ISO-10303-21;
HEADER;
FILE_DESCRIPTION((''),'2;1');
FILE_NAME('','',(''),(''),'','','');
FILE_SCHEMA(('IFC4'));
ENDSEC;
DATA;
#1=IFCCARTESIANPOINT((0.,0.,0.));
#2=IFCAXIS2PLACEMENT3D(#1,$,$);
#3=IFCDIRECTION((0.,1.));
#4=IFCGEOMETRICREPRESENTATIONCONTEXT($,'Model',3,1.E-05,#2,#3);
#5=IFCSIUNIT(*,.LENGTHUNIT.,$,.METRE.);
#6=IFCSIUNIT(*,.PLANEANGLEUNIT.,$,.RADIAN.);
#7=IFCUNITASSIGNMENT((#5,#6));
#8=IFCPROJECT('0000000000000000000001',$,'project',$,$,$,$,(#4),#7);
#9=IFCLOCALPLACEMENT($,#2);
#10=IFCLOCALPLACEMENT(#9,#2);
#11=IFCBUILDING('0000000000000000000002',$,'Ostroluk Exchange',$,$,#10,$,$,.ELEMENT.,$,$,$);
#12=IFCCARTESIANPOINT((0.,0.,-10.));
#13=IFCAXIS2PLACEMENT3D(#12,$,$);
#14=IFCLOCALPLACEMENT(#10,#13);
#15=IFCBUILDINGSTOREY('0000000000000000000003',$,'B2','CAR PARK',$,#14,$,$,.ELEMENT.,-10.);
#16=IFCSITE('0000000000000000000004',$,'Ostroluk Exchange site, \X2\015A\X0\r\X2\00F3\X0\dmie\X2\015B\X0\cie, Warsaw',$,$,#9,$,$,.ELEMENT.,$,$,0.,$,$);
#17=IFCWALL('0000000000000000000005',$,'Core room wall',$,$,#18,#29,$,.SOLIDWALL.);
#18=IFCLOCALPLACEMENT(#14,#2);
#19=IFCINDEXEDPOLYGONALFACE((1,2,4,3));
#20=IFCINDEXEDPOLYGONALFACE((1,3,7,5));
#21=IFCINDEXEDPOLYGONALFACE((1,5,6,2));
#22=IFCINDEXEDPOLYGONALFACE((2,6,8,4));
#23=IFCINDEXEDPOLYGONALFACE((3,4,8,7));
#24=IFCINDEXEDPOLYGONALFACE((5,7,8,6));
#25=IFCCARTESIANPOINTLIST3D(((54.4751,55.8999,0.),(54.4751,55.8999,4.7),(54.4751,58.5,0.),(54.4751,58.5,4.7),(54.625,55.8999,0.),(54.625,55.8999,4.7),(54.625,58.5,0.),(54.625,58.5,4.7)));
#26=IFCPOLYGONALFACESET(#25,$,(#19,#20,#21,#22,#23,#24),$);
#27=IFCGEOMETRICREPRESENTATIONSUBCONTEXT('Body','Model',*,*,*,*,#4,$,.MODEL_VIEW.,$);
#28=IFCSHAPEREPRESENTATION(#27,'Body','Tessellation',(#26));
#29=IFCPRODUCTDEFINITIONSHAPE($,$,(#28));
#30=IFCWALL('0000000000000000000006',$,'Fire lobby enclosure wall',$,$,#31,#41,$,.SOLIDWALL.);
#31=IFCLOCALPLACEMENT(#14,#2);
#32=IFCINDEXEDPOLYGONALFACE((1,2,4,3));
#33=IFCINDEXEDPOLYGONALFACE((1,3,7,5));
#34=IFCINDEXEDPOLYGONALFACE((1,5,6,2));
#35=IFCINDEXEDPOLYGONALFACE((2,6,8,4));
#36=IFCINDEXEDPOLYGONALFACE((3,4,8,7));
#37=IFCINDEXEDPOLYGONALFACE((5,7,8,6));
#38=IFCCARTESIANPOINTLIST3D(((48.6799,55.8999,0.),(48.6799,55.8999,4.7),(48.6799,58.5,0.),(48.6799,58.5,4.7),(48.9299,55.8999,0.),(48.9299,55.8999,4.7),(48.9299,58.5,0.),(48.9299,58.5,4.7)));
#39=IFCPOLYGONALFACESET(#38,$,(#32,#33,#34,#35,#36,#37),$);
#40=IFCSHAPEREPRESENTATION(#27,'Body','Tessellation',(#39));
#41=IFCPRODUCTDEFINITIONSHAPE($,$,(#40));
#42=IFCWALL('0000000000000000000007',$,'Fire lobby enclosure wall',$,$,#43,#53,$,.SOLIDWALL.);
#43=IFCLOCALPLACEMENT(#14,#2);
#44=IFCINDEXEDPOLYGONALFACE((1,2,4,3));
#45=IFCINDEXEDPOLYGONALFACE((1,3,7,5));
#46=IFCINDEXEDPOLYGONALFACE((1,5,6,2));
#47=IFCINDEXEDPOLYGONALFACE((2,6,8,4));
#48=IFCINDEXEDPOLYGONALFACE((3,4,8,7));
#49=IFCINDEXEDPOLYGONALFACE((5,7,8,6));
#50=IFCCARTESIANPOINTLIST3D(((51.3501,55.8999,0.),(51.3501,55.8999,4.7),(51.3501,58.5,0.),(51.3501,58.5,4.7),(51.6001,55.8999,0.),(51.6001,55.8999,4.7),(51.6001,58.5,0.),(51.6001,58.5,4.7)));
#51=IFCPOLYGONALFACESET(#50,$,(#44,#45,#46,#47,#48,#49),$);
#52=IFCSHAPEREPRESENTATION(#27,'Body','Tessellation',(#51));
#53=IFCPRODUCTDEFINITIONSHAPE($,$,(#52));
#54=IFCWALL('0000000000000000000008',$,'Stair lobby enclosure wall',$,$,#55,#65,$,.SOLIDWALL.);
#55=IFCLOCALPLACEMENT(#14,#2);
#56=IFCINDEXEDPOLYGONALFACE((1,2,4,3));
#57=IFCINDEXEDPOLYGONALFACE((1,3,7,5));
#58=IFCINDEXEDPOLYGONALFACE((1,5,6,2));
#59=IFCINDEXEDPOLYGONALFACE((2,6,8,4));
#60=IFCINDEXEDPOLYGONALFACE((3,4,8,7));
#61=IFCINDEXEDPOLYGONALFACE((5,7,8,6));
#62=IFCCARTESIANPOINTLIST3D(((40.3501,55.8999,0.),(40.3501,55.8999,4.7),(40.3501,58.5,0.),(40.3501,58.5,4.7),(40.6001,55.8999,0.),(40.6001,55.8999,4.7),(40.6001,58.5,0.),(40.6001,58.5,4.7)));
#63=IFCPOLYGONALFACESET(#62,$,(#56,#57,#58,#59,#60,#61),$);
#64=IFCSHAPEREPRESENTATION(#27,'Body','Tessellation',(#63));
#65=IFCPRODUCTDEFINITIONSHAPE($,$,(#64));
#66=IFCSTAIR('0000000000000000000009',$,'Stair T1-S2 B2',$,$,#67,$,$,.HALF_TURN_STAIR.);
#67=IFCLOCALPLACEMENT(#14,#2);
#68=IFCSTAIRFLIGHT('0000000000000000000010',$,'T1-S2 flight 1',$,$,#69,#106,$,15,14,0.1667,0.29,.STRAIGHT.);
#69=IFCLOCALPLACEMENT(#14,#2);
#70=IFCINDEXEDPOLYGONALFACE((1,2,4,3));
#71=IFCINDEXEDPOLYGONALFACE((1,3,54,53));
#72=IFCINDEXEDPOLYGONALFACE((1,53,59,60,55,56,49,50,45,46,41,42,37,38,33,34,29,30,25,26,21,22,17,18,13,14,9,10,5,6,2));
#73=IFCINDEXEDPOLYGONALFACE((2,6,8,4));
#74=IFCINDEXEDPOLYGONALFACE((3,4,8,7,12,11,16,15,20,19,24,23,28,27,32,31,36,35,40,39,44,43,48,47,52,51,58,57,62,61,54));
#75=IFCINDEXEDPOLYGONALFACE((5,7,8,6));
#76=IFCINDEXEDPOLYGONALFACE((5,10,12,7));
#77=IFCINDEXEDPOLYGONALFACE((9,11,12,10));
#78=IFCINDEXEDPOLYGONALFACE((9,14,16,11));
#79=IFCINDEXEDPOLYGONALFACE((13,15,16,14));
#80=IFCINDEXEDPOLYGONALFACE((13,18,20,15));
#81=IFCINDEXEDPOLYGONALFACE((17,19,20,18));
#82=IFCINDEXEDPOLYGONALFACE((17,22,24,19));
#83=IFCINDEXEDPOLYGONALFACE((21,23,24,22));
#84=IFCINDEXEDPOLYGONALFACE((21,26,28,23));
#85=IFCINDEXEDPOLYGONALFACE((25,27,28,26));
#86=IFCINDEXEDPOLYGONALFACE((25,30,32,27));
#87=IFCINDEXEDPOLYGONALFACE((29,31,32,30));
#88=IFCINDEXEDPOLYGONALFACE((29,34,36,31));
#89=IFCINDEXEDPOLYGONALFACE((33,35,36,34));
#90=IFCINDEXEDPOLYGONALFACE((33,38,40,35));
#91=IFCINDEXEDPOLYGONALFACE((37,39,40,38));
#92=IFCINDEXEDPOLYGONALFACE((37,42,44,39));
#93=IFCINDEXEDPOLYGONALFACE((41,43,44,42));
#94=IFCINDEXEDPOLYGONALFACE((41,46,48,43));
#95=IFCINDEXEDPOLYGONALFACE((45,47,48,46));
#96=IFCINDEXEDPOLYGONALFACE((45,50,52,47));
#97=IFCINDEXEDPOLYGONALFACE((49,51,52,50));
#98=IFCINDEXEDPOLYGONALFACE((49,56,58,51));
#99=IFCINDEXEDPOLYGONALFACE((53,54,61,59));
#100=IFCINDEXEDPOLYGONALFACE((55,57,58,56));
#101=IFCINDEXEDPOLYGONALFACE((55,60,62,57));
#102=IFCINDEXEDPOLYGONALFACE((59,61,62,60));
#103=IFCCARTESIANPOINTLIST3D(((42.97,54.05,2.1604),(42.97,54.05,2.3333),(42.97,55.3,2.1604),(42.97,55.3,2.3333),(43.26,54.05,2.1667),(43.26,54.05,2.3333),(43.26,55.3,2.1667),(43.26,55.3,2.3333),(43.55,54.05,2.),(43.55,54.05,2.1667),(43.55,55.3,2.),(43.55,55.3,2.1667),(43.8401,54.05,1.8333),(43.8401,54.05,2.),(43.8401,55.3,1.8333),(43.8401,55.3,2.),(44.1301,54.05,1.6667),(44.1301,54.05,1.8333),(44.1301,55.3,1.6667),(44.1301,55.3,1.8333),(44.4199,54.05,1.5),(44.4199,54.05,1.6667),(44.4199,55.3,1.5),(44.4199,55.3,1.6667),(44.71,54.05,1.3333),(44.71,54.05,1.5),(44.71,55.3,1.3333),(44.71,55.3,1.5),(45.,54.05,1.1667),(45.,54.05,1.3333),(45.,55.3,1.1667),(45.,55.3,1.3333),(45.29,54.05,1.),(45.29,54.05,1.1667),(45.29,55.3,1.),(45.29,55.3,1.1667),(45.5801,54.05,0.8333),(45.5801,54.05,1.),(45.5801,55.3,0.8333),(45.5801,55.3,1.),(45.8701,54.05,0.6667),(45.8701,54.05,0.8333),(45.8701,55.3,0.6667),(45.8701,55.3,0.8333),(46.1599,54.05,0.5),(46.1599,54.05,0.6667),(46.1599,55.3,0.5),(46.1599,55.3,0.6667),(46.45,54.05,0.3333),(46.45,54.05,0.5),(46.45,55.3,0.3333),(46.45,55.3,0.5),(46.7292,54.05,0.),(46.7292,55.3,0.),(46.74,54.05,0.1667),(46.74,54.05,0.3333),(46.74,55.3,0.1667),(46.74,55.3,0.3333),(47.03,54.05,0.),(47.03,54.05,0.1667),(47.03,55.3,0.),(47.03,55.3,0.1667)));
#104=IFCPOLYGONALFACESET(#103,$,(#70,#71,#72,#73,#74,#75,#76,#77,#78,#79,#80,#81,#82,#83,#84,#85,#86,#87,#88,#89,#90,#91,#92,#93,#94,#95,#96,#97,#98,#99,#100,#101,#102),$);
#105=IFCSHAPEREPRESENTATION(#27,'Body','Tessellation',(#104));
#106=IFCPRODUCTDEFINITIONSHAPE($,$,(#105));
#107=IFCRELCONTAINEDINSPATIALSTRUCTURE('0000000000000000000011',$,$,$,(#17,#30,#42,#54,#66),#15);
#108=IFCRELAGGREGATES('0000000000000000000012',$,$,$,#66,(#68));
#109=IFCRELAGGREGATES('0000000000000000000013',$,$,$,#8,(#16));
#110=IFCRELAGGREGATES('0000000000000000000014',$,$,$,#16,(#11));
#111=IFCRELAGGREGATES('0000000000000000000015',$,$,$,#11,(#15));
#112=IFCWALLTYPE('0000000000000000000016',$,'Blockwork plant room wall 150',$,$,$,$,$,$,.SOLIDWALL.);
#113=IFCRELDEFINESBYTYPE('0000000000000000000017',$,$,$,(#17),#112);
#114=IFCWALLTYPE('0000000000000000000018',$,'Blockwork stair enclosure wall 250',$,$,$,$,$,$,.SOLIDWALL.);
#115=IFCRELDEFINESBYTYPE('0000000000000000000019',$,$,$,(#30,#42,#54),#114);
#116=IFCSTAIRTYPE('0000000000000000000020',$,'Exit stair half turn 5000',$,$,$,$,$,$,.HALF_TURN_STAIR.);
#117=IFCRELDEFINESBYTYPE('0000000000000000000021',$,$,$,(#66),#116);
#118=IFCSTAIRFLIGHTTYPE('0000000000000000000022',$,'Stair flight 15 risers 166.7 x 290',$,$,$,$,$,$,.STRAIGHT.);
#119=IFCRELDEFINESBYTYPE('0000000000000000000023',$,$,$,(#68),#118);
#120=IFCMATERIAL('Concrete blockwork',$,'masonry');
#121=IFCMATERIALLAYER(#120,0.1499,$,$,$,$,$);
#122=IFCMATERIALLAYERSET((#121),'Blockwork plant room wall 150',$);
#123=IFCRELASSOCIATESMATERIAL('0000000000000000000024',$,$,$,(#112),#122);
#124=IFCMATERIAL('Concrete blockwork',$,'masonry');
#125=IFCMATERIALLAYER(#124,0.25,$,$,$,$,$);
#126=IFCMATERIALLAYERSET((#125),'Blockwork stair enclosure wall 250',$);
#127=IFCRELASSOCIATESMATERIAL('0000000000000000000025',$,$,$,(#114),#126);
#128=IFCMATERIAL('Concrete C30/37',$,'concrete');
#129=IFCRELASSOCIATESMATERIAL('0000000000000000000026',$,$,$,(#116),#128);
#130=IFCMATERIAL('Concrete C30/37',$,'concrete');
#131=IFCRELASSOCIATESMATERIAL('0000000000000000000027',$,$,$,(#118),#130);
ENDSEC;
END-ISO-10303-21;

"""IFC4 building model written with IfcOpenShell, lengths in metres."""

from ifc_helpers import new_model, si_unit, direction, frame, frame_2d, origin, place, context, subcontext, project, spatial, polyline, rectangle, outline, extrude, material, layer, layer_set, type_object, element, aggregate, save


model = new_model("IFC4")

# Units and contexts
model_context = context("Model", 3, precision=1e-05, world=origin(), true_north=direction((0.0, 1.0)))
body_context = subcontext(model_context, "Body", "Model", "MODEL_VIEW")
ifc_project = project(units=[si_unit("LENGTHUNIT", "METRE"), si_unit("PLANEANGLEUNIT", "RADIAN")], contexts=[model_context])

# Site, building, storey
site_placement = place(None, origin())
site = spatial("IfcSite", under=ifc_project, at=site_placement, Name="Ostroluk Exchange site, Śródmieście, Warsaw", CompositionType="ELEMENT", RefElevation=0.0)
building_placement = place(site_placement, origin())
building = spatial("IfcBuilding", under=site, at=building_placement, Name="Ostroluk Exchange", CompositionType="ELEMENT")
storey_placement = place(building_placement, frame((0.0, 0.0, -10.0)))
storey = spatial("IfcBuildingStorey", under=building, at=storey_placement, Name="B2", Description="CAR PARK", CompositionType="ELEMENT", Elevation=-10.0)

# Walls
ifc_material_1 = material(Name="Concrete blockwork", Category="masonry")
ifc_layer_1 = layer(ifc_material_1, 0.1499)
ifc_layer_set_1 = layer_set([ifc_layer_1], Name="Blockwork plant room wall 150")
wall_type_1 = type_object("IfcWallType", Name="Blockwork plant room wall 150", PredefinedType="SOLIDWALL", material=ifc_layer_set_1)
wall_placement = place(storey_placement, frame((54.55, 55.8999, 0.0), z_axis=(0.0, 0.0, 1.0), x_axis=(0.0, 1.0, 0.0)))
element("IfcWall", 1, at=wall_placement, inside=storey, type_object=wall_type_1, Name="Core room wall", PredefinedType="SOLIDWALL", context=body_context, shape_type="SweptSolid", body=[
    extrude(rectangle(XDim=2.6001, YDim=0.1499, at=frame_2d((1.3, 0.0))), origin(), (0.0, 0.0, 1.0), 4.7),
])
ifc_material_2 = material(Name="Concrete blockwork", Category="masonry")
ifc_layer_2 = layer(ifc_material_2, 0.25)
ifc_layer_set_2 = layer_set([ifc_layer_2], Name="Blockwork stair enclosure wall 250")
wall_type_2 = type_object("IfcWallType", Name="Blockwork stair enclosure wall 250", PredefinedType="SOLIDWALL", material=ifc_layer_set_2)
for number, where, z_axis, x_axis, name in (
    (2, (48.8049, 55.8999, 0.0), (0.0, 0.0, 1.0), (0.0, 1.0, 0.0), "Fire lobby enclosure wall"),
    (3, (51.4751, 55.8999, 0.0), (0.0, 0.0, 1.0), (0.0, 1.0, 0.0), "Fire lobby enclosure wall"),
    (4, (40.4751, 55.8999, 0.0), (0.0, 0.0, 1.0), (0.0, 1.0, 0.0), "Stair lobby enclosure wall"),
):
    element("IfcWall", number, at=place(storey_placement, frame(where, z_axis=z_axis, x_axis=x_axis)), inside=storey, type_object=wall_type_2, Name=name, PredefinedType="SOLIDWALL", context=body_context, shape_type="SweptSolid", body=[
        extrude(rectangle(XDim=2.6001, YDim=0.25, at=frame_2d((1.3, 0.0))), origin(), (0.0, 0.0, 1.0), 4.7),
    ])

# Stair, stair flight
ifc_material_3 = material(Name="Concrete C30/37", Category="concrete")
stair_type = type_object("IfcStairType", Name="Exit stair half turn 5000", PredefinedType="HALF_TURN_STAIR", material=ifc_material_3)
stair_placement = place(storey_placement, origin())
stair = element("IfcStair", 5, at=stair_placement, inside=storey, type_object=stair_type, Name="Stair T1-S2 B2", PredefinedType="HALF_TURN_STAIR")
ifc_material_4 = material(Name="Concrete C30/37", Category="concrete")
stair_flight_type = type_object("IfcStairFlightType", Name="Stair flight 15 risers 166.7 x 290", PredefinedType="STRAIGHT", material=ifc_material_4)
stair_flight_placement = place(storey_placement, frame((47.03, 54.675, 0.0), z_axis=(0.0, 0.0, 1.0), x_axis=(-1.0, 0.0, 0.0)))
stair_flight = element("IfcStairFlight", 6, at=stair_flight_placement, type_object=stair_flight_type, Name="T1-S2 flight 1", NumberOfRisers=15, NumberOfTreads=14, PredefinedType="STRAIGHT", RiserHeight=0.1667, TreadLength=0.29, context=body_context, shape_type="SweptSolid", body=[
    extrude(outline(polyline([(0.0, 0.0), (0.0, 0.1667), (0.29, 0.1667), (0.29, 0.3333), (0.5801, 0.3333), (0.5801, 0.5), (0.8701, 0.5), (0.8701, 0.6667), (1.1599, 0.6667), (1.1599, 0.8333), (1.45, 0.8333), (1.45, 1.0), (1.74, 1.0), (1.74, 1.1667), (2.03, 1.1667), (2.03, 1.3333), (2.3201, 1.3333), (2.3201, 1.5), (2.6101, 1.5), (2.6101, 1.6667), (2.8999, 1.6667), (2.8999, 1.8333), (3.1899, 1.8333), (3.1899, 2.0), (3.48, 2.0), (3.48, 2.1667), (3.77, 2.1667), (3.77, 2.3333), (4.0601, 2.3333), (4.0601, 2.5), (4.0601, 2.1604), (0.3008, 0.0), (0.0, 0.0)])), frame((0.0, 0.625, 0.0), z_axis=(0.0, -1.0, 0.0), x_axis=(1.0, 0.0, 0.0)), (0.0, 0.0, 1.0), 1.25),
])
aggregate(stair, [stair_flight])

save(model, "model.ifc")
